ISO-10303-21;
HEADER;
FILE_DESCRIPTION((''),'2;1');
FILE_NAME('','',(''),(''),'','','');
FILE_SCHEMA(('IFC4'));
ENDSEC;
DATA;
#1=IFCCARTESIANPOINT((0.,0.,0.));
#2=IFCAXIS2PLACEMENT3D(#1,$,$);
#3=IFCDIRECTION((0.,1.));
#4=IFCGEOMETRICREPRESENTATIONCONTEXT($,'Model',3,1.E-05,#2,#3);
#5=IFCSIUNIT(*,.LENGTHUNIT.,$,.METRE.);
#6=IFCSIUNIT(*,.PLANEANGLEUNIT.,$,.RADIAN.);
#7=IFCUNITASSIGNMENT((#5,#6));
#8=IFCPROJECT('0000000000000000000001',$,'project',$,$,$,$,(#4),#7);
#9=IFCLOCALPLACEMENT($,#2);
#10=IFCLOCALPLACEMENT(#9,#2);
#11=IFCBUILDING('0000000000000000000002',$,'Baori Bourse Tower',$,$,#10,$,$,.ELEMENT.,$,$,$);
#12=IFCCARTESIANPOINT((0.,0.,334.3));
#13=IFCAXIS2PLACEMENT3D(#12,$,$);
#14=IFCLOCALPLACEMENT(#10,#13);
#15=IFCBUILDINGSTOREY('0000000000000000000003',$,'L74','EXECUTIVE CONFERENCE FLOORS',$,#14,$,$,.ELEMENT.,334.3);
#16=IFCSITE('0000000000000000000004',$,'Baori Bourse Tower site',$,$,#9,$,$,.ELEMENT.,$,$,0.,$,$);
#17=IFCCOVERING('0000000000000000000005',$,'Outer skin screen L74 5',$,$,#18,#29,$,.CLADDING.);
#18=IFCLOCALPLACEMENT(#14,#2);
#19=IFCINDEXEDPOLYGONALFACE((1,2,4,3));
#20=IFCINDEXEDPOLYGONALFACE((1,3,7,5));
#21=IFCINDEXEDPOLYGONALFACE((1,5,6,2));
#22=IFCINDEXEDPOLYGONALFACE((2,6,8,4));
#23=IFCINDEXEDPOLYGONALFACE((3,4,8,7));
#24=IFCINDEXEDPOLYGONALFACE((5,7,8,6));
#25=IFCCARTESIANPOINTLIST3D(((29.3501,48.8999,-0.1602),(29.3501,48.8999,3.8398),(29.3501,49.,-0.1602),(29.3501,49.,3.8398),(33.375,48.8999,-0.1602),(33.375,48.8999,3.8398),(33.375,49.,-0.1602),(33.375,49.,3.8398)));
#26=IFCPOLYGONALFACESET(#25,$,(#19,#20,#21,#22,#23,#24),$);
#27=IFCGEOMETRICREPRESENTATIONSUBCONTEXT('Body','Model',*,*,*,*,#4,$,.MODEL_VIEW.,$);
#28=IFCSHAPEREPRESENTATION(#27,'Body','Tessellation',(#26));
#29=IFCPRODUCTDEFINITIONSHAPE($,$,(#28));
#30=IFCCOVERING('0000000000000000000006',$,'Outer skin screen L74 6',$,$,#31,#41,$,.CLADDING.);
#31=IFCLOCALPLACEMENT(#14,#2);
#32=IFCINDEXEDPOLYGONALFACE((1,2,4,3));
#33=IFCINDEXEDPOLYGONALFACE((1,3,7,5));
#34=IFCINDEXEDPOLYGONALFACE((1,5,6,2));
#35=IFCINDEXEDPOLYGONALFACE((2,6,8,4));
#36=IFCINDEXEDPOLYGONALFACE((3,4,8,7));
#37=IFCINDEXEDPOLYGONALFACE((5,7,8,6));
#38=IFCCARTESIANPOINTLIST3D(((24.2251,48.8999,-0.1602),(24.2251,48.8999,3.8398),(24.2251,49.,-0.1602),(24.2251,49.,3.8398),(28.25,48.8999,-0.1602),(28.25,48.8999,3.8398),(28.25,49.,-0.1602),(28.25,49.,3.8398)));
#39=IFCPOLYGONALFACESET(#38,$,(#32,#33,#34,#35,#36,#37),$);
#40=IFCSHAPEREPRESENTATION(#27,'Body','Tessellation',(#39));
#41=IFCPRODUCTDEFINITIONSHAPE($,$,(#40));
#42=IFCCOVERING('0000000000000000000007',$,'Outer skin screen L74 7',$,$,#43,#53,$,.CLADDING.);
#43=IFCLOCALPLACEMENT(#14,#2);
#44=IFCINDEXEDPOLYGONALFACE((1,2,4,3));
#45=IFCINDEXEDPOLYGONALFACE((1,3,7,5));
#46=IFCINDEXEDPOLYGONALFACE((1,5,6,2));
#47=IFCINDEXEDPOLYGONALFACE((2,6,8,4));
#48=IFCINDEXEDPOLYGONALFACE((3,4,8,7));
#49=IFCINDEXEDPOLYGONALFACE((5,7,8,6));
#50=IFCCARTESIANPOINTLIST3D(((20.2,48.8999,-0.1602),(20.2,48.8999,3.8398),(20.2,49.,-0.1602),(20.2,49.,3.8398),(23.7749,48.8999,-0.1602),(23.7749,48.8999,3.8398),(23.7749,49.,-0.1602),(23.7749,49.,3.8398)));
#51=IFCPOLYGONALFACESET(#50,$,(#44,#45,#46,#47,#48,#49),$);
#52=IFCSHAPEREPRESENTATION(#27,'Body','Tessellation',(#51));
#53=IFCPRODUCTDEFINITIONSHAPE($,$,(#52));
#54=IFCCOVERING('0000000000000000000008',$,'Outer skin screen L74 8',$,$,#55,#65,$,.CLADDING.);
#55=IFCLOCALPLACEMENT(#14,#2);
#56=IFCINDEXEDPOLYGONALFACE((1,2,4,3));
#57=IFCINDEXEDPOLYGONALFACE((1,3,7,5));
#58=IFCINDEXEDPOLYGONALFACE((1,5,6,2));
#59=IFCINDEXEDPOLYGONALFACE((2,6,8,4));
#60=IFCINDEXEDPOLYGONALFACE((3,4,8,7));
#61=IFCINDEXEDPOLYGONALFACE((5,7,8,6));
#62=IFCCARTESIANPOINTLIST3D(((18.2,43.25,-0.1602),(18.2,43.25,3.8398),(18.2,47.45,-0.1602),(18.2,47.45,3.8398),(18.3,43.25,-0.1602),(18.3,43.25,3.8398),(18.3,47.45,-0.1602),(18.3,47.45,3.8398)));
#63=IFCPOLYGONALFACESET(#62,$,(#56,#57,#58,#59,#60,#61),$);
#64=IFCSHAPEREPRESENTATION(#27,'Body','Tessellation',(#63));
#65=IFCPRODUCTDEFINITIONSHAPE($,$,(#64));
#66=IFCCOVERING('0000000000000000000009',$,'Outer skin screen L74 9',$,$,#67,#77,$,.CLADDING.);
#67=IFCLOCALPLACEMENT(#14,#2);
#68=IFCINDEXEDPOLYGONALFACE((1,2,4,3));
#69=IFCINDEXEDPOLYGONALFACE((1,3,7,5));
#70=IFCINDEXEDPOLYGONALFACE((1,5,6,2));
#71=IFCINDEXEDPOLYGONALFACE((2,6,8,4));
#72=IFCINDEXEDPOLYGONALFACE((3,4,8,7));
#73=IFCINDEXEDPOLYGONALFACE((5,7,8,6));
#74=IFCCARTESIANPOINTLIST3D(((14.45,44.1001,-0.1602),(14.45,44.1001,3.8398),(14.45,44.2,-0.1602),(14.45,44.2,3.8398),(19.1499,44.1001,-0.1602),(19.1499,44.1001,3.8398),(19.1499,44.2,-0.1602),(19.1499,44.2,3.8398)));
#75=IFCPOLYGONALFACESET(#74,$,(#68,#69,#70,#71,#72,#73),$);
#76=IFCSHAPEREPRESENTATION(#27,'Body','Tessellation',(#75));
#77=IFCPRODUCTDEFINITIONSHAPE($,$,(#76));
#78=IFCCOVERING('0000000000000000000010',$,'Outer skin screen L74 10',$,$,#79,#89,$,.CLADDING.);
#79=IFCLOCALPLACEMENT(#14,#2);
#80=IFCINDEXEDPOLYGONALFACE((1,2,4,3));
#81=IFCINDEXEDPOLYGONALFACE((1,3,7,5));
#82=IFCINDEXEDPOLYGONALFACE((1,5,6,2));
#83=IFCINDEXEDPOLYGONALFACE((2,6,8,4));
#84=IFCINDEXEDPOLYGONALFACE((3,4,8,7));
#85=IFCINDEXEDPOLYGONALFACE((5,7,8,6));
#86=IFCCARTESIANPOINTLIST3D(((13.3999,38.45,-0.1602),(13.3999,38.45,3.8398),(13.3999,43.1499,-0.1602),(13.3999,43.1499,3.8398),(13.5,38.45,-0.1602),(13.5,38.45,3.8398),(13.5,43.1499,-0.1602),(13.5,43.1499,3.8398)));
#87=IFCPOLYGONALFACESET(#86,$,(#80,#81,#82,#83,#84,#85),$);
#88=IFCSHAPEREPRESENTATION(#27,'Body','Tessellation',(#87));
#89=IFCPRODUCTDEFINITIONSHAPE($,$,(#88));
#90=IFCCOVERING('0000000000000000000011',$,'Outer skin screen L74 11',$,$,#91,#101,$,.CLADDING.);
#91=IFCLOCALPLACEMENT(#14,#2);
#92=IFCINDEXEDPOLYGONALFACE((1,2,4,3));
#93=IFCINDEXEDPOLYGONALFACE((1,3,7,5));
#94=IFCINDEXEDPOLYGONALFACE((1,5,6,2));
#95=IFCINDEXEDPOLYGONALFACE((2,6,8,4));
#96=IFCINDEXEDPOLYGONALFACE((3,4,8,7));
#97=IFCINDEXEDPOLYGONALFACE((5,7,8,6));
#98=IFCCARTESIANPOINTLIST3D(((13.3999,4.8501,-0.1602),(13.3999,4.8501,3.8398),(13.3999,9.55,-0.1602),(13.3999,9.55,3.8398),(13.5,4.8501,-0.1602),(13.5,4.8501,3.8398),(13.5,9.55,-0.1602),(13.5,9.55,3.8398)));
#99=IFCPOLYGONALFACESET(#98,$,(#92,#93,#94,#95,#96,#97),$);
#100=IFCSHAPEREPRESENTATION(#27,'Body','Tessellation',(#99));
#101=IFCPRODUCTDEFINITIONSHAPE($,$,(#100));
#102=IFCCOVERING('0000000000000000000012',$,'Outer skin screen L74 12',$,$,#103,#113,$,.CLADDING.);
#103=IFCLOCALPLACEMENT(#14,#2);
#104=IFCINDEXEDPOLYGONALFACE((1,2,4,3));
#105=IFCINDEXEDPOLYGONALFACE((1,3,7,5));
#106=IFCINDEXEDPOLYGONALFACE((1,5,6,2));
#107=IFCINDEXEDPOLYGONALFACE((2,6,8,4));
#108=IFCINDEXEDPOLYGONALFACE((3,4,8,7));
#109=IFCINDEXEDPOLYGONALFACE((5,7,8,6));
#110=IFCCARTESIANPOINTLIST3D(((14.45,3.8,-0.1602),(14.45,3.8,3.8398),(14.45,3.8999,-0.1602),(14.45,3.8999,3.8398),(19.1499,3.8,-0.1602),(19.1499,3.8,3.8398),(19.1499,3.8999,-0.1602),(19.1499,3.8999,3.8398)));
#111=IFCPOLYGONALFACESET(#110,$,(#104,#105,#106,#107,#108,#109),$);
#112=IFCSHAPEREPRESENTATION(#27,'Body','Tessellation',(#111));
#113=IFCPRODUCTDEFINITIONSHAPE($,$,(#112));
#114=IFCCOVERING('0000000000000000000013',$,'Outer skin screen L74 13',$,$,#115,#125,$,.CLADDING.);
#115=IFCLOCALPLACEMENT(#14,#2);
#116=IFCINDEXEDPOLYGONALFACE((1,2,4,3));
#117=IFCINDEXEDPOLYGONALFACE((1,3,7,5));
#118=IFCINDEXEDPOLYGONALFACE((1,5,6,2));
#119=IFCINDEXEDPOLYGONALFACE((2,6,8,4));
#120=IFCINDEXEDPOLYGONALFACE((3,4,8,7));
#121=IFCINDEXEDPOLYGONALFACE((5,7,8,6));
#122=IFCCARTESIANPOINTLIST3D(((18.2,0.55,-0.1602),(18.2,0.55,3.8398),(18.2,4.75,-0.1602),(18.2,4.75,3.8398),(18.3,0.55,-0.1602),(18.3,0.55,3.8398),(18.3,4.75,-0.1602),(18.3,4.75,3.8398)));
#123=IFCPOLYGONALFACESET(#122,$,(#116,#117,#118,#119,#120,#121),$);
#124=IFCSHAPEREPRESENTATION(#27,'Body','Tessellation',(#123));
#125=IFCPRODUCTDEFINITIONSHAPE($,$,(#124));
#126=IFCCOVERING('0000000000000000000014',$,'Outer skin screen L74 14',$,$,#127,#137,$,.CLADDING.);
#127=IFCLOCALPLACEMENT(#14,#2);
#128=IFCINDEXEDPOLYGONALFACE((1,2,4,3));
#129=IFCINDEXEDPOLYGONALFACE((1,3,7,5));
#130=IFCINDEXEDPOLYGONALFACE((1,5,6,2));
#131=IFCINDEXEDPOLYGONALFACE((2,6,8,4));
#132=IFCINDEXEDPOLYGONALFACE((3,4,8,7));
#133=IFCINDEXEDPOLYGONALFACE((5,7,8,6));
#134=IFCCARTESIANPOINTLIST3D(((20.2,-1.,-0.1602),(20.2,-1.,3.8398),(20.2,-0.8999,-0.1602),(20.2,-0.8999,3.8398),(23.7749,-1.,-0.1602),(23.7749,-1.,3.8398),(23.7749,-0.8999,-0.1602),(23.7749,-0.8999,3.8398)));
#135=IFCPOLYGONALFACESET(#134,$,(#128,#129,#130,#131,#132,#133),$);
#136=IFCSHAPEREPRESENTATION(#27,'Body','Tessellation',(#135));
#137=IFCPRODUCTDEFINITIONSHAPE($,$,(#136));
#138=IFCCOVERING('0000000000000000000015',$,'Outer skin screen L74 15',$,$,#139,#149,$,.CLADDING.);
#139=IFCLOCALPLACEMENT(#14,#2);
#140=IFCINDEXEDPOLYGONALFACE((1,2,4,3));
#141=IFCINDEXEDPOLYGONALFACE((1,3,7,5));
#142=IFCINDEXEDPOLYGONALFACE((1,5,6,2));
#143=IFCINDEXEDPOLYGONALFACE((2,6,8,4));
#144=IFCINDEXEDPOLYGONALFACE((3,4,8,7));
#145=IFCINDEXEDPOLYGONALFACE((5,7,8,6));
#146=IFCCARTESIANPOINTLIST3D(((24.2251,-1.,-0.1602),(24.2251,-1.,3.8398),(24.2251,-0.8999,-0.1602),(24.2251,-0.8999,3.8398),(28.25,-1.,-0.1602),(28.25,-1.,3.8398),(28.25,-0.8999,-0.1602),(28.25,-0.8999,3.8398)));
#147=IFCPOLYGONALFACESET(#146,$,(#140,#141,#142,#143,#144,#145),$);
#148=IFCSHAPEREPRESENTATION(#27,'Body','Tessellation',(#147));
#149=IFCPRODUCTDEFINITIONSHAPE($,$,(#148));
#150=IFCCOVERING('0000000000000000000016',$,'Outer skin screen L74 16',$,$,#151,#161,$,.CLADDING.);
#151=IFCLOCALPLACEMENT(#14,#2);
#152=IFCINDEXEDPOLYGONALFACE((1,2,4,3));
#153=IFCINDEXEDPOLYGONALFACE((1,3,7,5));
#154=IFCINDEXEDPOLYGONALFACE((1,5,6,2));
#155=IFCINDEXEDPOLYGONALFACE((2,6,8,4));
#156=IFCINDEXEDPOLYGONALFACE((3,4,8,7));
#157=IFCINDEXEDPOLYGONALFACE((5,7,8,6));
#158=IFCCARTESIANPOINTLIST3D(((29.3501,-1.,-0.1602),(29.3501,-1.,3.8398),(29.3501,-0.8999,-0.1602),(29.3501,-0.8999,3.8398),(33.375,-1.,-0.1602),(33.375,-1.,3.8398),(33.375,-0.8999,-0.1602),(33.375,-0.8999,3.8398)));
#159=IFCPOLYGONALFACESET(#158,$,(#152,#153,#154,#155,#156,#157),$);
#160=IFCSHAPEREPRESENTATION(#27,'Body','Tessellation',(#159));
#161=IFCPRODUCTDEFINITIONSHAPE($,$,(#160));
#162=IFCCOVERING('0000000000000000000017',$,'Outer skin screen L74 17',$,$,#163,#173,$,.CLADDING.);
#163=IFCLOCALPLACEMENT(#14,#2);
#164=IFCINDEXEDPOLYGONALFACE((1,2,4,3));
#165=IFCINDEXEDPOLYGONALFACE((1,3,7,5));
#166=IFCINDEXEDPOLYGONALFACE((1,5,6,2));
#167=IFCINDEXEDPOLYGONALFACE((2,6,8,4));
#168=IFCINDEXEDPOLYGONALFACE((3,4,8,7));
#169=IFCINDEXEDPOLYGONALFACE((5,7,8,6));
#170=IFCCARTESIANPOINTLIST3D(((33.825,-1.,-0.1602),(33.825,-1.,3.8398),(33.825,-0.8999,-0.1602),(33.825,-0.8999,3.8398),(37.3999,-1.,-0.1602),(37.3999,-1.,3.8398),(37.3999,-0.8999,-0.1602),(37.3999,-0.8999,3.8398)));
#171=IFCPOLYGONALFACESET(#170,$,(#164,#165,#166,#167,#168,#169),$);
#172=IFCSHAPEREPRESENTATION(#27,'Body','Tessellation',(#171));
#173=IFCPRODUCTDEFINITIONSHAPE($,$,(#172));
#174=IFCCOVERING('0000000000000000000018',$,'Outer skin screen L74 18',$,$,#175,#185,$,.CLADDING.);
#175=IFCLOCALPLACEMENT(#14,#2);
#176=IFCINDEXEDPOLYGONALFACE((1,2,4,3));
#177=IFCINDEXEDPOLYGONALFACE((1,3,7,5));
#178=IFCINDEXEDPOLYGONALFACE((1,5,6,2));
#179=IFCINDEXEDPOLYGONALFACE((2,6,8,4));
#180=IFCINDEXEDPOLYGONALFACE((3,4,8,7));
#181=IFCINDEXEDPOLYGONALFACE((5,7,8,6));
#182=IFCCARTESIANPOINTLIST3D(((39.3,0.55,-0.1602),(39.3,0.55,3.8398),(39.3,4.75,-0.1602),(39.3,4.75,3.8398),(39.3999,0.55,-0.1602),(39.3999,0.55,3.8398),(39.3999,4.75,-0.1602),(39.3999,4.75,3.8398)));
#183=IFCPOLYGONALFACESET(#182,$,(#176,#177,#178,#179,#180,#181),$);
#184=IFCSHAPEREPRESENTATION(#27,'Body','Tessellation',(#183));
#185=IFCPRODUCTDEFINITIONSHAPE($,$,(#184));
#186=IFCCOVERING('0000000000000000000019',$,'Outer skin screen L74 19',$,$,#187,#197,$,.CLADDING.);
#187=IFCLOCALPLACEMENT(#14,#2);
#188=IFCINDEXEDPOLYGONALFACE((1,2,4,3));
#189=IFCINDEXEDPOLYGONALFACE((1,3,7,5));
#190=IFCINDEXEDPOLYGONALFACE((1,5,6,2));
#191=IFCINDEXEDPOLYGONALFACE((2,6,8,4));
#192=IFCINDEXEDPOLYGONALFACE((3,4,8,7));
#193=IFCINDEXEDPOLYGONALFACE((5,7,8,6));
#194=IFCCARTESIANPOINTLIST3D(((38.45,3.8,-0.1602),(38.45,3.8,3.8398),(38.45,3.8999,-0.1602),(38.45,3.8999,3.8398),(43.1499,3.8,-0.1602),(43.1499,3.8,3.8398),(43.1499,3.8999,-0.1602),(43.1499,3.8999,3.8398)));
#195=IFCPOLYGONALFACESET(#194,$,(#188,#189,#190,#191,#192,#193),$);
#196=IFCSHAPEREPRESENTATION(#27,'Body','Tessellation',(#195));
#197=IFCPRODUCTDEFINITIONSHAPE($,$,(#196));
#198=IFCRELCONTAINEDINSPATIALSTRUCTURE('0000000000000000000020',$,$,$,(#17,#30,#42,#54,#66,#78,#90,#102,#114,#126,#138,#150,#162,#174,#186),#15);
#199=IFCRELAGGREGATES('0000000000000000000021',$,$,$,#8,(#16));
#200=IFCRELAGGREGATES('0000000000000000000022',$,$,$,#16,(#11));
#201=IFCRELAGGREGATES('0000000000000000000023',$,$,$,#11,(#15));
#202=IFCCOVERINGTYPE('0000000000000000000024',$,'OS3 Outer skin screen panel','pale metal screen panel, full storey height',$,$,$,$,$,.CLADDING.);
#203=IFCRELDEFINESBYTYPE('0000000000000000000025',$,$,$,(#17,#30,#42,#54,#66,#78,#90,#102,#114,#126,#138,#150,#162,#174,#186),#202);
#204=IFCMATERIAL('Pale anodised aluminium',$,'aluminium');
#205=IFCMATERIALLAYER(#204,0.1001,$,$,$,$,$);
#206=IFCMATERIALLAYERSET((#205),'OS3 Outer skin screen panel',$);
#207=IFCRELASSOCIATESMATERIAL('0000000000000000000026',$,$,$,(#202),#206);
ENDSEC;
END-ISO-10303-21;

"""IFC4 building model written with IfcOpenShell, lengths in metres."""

from ifc_helpers import new_model, si_unit, direction, frame, origin, place, context, subcontext, project, spatial, polyline, outline, extrude, material, layer, layer_set, type_object, element, save


model = new_model("IFC4")

# Units and contexts
model_context = context("Model", 3, precision=1e-05, world=origin(), true_north=direction((0.0, 1.0)))
body_context = subcontext(model_context, "Body", "Model", "MODEL_VIEW")
ifc_project = project(units=[si_unit("LENGTHUNIT", "METRE"), si_unit("PLANEANGLEUNIT", "RADIAN")], contexts=[model_context])

# Site, building, storey
site_placement = place(None, origin())
site = spatial("IfcSite", under=ifc_project, at=site_placement, Name="Baori Bourse Tower site", CompositionType="ELEMENT", RefElevation=0.0)
building_placement = place(site_placement, origin())
building = spatial("IfcBuilding", under=site, at=building_placement, Name="Baori Bourse Tower", CompositionType="ELEMENT")
storey_placement = place(building_placement, frame((0.0, 0.0, 334.3)))
storey = spatial("IfcBuildingStorey", under=building, at=storey_placement, Name="L74", Description="EXECUTIVE CONFERENCE FLOORS", CompositionType="ELEMENT", Elevation=334.3)

# Coverings
ifc_material_1 = material(Name="Pale anodised aluminium", Category="aluminium")
ifc_layer_1 = layer(ifc_material_1, 0.1001)
ifc_layer_set_1 = layer_set([ifc_layer_1], Name="OS3 Outer skin screen panel")
covering_type = type_object("IfcCoveringType", Name="OS3 Outer skin screen panel", Description="pale metal screen panel, full storey height", PredefinedType="CLADDING", material=ifc_layer_set_1)
covering_1_placement = place(storey_placement, frame((0.0, 0.0, -0.1602)))
element("IfcCovering", 1, at=covering_1_placement, inside=storey, type_object=covering_type, Name="Outer skin screen L74 5", PredefinedType="CLADDING", context=body_context, shape_type="SweptSolid", body=[
    extrude(outline(polyline([(29.3501, 48.8999), (33.375, 48.8999), (33.375, 49.0), (29.3501, 49.0), (29.3501, 48.8999)])), origin(), (0.0, 0.0, 1.0), 4.0),
])
covering_2_placement = place(storey_placement, frame((0.0, 0.0, -0.1602)))
element("IfcCovering", 2, at=covering_2_placement, inside=storey, type_object=covering_type, Name="Outer skin screen L74 6", PredefinedType="CLADDING", context=body_context, shape_type="SweptSolid", body=[
    extrude(outline(polyline([(24.2251, 48.8999), (28.25, 48.8999), (28.25, 49.0), (24.2251, 49.0), (24.2251, 48.8999)])), origin(), (0.0, 0.0, 1.0), 4.0),
])
covering_3_placement = place(storey_placement, frame((0.0, 0.0, -0.1602)))
element("IfcCovering", 3, at=covering_3_placement, inside=storey, type_object=covering_type, Name="Outer skin screen L74 7", PredefinedType="CLADDING", context=body_context, shape_type="SweptSolid", body=[
    extrude(outline(polyline([(20.2, 48.8999), (23.7749, 48.8999), (23.7749, 49.0), (20.2, 49.0), (20.2, 48.8999)])), origin(), (0.0, 0.0, 1.0), 4.0),
])
covering_4_placement = place(storey_placement, frame((0.0, 0.0, -0.1602)))
element("IfcCovering", 4, at=covering_4_placement, inside=storey, type_object=covering_type, Name="Outer skin screen L74 8", PredefinedType="CLADDING", context=body_context, shape_type="SweptSolid", body=[
    extrude(outline(polyline([(18.3, 43.25), (18.3, 47.45), (18.2, 47.45), (18.2, 43.25), (18.3, 43.25)])), origin(), (0.0, 0.0, 1.0), 4.0),
])
covering_5_placement = place(storey_placement, frame((0.0, 0.0, -0.1602)))
element("IfcCovering", 5, at=covering_5_placement, inside=storey, type_object=covering_type, Name="Outer skin screen L74 9", PredefinedType="CLADDING", context=body_context, shape_type="SweptSolid", body=[
    extrude(outline(polyline([(14.45, 44.1001), (19.1499, 44.1001), (19.1499, 44.2), (14.45, 44.2), (14.45, 44.1001)])), origin(), (0.0, 0.0, 1.0), 4.0),
])
covering_6_placement = place(storey_placement, frame((0.0, 0.0, -0.1602)))
element("IfcCovering", 6, at=covering_6_placement, inside=storey, type_object=covering_type, Name="Outer skin screen L74 10", PredefinedType="CLADDING", context=body_context, shape_type="SweptSolid", body=[
    extrude(outline(polyline([(13.5, 38.45), (13.5, 43.1499), (13.3999, 43.1499), (13.3999, 38.45), (13.5, 38.45)])), origin(), (0.0, 0.0, 1.0), 4.0),
])
covering_7_placement = place(storey_placement, frame((0.0, 0.0, -0.1602)))
element("IfcCovering", 7, at=covering_7_placement, inside=storey, type_object=covering_type, Name="Outer skin screen L74 11", PredefinedType="CLADDING", context=body_context, shape_type="SweptSolid", body=[
    extrude(outline(polyline([(13.5, 4.8501), (13.5, 9.55), (13.3999, 9.55), (13.3999, 4.8501), (13.5, 4.8501)])), origin(), (0.0, 0.0, 1.0), 4.0),
])
covering_8_placement = place(storey_placement, frame((0.0, 0.0, -0.1602)))
element("IfcCovering", 8, at=covering_8_placement, inside=storey, type_object=covering_type, Name="Outer skin screen L74 12", PredefinedType="CLADDING", context=body_context, shape_type="SweptSolid", body=[
    extrude(outline(polyline([(19.1499, 3.8999), (14.45, 3.8999), (14.45, 3.8), (19.1499, 3.8), (19.1499, 3.8999)])), origin(), (0.0, 0.0, 1.0), 4.0),
])
covering_9_placement = place(storey_placement, frame((0.0, 0.0, -0.1602)))
element("IfcCovering", 9, at=covering_9_placement, inside=storey, type_object=covering_type, Name="Outer skin screen L74 13", PredefinedType="CLADDING", context=body_context, shape_type="SweptSolid", body=[
    extrude(outline(polyline([(18.3, 0.55), (18.3, 4.75), (18.2, 4.75), (18.2, 0.55), (18.3, 0.55)])), origin(), (0.0, 0.0, 1.0), 4.0),
])
covering_10_placement = place(storey_placement, frame((0.0, 0.0, -0.1602)))
element("IfcCovering", 10, at=covering_10_placement, inside=storey, type_object=covering_type, Name="Outer skin screen L74 14", PredefinedType="CLADDING", context=body_context, shape_type="SweptSolid", body=[
    extrude(outline(polyline([(23.7749, -0.8999), (20.2, -0.8999), (20.2, -1.0), (23.7749, -1.0), (23.7749, -0.8999)])), origin(), (0.0, 0.0, 1.0), 4.0),
])
covering_11_placement = place(storey_placement, frame((0.0, 0.0, -0.1602)))
element("IfcCovering", 11, at=covering_11_placement, inside=storey, type_object=covering_type, Name="Outer skin screen L74 15", PredefinedType="CLADDING", context=body_context, shape_type="SweptSolid", body=[
    extrude(outline(polyline([(28.25, -0.8999), (24.2251, -0.8999), (24.2251, -1.0), (28.25, -1.0), (28.25, -0.8999)])), origin(), (0.0, 0.0, 1.0), 4.0),
])
covering_12_placement = place(storey_placement, frame((0.0, 0.0, -0.1602)))
element("IfcCovering", 12, at=covering_12_placement, inside=storey, type_object=covering_type, Name="Outer skin screen L74 16", PredefinedType="CLADDING", context=body_context, shape_type="SweptSolid", body=[
    extrude(outline(polyline([(33.375, -0.8999), (29.3501, -0.8999), (29.3501, -1.0), (33.375, -1.0), (33.375, -0.8999)])), origin(), (0.0, 0.0, 1.0), 4.0),
])
covering_13_placement = place(storey_placement, frame((0.0, 0.0, -0.1602)))
element("IfcCovering", 13, at=covering_13_placement, inside=storey, type_object=covering_type, Name="Outer skin screen L74 17", PredefinedType="CLADDING", context=body_context, shape_type="SweptSolid", body=[
    extrude(outline(polyline([(37.3999, -0.8999), (33.825, -0.8999), (33.825, -1.0), (37.3999, -1.0), (37.3999, -0.8999)])), origin(), (0.0, 0.0, 1.0), 4.0),
])
covering_14_placement = place(storey_placement, frame((0.0, 0.0, -0.1602)))
element("IfcCovering", 14, at=covering_14_placement, inside=storey, type_object=covering_type, Name="Outer skin screen L74 18", PredefinedType="CLADDING", context=body_context, shape_type="SweptSolid", body=[
    extrude(outline(polyline([(39.3, 4.75), (39.3, 0.55), (39.3999, 0.55), (39.3999, 4.75), (39.3, 4.75)])), origin(), (0.0, 0.0, 1.0), 4.0),
])
covering_15_placement = place(storey_placement, frame((0.0, 0.0, -0.1602)))
element("IfcCovering", 15, at=covering_15_placement, inside=storey, type_object=covering_type, Name="Outer skin screen L74 19", PredefinedType="CLADDING", context=body_context, shape_type="SweptSolid", body=[
    extrude(outline(polyline([(43.1499, 3.8999), (38.45, 3.8999), (38.45, 3.8), (43.1499, 3.8), (43.1499, 3.8999)])), origin(), (0.0, 0.0, 1.0), 4.0),
])

save(model, "model.ifc")
